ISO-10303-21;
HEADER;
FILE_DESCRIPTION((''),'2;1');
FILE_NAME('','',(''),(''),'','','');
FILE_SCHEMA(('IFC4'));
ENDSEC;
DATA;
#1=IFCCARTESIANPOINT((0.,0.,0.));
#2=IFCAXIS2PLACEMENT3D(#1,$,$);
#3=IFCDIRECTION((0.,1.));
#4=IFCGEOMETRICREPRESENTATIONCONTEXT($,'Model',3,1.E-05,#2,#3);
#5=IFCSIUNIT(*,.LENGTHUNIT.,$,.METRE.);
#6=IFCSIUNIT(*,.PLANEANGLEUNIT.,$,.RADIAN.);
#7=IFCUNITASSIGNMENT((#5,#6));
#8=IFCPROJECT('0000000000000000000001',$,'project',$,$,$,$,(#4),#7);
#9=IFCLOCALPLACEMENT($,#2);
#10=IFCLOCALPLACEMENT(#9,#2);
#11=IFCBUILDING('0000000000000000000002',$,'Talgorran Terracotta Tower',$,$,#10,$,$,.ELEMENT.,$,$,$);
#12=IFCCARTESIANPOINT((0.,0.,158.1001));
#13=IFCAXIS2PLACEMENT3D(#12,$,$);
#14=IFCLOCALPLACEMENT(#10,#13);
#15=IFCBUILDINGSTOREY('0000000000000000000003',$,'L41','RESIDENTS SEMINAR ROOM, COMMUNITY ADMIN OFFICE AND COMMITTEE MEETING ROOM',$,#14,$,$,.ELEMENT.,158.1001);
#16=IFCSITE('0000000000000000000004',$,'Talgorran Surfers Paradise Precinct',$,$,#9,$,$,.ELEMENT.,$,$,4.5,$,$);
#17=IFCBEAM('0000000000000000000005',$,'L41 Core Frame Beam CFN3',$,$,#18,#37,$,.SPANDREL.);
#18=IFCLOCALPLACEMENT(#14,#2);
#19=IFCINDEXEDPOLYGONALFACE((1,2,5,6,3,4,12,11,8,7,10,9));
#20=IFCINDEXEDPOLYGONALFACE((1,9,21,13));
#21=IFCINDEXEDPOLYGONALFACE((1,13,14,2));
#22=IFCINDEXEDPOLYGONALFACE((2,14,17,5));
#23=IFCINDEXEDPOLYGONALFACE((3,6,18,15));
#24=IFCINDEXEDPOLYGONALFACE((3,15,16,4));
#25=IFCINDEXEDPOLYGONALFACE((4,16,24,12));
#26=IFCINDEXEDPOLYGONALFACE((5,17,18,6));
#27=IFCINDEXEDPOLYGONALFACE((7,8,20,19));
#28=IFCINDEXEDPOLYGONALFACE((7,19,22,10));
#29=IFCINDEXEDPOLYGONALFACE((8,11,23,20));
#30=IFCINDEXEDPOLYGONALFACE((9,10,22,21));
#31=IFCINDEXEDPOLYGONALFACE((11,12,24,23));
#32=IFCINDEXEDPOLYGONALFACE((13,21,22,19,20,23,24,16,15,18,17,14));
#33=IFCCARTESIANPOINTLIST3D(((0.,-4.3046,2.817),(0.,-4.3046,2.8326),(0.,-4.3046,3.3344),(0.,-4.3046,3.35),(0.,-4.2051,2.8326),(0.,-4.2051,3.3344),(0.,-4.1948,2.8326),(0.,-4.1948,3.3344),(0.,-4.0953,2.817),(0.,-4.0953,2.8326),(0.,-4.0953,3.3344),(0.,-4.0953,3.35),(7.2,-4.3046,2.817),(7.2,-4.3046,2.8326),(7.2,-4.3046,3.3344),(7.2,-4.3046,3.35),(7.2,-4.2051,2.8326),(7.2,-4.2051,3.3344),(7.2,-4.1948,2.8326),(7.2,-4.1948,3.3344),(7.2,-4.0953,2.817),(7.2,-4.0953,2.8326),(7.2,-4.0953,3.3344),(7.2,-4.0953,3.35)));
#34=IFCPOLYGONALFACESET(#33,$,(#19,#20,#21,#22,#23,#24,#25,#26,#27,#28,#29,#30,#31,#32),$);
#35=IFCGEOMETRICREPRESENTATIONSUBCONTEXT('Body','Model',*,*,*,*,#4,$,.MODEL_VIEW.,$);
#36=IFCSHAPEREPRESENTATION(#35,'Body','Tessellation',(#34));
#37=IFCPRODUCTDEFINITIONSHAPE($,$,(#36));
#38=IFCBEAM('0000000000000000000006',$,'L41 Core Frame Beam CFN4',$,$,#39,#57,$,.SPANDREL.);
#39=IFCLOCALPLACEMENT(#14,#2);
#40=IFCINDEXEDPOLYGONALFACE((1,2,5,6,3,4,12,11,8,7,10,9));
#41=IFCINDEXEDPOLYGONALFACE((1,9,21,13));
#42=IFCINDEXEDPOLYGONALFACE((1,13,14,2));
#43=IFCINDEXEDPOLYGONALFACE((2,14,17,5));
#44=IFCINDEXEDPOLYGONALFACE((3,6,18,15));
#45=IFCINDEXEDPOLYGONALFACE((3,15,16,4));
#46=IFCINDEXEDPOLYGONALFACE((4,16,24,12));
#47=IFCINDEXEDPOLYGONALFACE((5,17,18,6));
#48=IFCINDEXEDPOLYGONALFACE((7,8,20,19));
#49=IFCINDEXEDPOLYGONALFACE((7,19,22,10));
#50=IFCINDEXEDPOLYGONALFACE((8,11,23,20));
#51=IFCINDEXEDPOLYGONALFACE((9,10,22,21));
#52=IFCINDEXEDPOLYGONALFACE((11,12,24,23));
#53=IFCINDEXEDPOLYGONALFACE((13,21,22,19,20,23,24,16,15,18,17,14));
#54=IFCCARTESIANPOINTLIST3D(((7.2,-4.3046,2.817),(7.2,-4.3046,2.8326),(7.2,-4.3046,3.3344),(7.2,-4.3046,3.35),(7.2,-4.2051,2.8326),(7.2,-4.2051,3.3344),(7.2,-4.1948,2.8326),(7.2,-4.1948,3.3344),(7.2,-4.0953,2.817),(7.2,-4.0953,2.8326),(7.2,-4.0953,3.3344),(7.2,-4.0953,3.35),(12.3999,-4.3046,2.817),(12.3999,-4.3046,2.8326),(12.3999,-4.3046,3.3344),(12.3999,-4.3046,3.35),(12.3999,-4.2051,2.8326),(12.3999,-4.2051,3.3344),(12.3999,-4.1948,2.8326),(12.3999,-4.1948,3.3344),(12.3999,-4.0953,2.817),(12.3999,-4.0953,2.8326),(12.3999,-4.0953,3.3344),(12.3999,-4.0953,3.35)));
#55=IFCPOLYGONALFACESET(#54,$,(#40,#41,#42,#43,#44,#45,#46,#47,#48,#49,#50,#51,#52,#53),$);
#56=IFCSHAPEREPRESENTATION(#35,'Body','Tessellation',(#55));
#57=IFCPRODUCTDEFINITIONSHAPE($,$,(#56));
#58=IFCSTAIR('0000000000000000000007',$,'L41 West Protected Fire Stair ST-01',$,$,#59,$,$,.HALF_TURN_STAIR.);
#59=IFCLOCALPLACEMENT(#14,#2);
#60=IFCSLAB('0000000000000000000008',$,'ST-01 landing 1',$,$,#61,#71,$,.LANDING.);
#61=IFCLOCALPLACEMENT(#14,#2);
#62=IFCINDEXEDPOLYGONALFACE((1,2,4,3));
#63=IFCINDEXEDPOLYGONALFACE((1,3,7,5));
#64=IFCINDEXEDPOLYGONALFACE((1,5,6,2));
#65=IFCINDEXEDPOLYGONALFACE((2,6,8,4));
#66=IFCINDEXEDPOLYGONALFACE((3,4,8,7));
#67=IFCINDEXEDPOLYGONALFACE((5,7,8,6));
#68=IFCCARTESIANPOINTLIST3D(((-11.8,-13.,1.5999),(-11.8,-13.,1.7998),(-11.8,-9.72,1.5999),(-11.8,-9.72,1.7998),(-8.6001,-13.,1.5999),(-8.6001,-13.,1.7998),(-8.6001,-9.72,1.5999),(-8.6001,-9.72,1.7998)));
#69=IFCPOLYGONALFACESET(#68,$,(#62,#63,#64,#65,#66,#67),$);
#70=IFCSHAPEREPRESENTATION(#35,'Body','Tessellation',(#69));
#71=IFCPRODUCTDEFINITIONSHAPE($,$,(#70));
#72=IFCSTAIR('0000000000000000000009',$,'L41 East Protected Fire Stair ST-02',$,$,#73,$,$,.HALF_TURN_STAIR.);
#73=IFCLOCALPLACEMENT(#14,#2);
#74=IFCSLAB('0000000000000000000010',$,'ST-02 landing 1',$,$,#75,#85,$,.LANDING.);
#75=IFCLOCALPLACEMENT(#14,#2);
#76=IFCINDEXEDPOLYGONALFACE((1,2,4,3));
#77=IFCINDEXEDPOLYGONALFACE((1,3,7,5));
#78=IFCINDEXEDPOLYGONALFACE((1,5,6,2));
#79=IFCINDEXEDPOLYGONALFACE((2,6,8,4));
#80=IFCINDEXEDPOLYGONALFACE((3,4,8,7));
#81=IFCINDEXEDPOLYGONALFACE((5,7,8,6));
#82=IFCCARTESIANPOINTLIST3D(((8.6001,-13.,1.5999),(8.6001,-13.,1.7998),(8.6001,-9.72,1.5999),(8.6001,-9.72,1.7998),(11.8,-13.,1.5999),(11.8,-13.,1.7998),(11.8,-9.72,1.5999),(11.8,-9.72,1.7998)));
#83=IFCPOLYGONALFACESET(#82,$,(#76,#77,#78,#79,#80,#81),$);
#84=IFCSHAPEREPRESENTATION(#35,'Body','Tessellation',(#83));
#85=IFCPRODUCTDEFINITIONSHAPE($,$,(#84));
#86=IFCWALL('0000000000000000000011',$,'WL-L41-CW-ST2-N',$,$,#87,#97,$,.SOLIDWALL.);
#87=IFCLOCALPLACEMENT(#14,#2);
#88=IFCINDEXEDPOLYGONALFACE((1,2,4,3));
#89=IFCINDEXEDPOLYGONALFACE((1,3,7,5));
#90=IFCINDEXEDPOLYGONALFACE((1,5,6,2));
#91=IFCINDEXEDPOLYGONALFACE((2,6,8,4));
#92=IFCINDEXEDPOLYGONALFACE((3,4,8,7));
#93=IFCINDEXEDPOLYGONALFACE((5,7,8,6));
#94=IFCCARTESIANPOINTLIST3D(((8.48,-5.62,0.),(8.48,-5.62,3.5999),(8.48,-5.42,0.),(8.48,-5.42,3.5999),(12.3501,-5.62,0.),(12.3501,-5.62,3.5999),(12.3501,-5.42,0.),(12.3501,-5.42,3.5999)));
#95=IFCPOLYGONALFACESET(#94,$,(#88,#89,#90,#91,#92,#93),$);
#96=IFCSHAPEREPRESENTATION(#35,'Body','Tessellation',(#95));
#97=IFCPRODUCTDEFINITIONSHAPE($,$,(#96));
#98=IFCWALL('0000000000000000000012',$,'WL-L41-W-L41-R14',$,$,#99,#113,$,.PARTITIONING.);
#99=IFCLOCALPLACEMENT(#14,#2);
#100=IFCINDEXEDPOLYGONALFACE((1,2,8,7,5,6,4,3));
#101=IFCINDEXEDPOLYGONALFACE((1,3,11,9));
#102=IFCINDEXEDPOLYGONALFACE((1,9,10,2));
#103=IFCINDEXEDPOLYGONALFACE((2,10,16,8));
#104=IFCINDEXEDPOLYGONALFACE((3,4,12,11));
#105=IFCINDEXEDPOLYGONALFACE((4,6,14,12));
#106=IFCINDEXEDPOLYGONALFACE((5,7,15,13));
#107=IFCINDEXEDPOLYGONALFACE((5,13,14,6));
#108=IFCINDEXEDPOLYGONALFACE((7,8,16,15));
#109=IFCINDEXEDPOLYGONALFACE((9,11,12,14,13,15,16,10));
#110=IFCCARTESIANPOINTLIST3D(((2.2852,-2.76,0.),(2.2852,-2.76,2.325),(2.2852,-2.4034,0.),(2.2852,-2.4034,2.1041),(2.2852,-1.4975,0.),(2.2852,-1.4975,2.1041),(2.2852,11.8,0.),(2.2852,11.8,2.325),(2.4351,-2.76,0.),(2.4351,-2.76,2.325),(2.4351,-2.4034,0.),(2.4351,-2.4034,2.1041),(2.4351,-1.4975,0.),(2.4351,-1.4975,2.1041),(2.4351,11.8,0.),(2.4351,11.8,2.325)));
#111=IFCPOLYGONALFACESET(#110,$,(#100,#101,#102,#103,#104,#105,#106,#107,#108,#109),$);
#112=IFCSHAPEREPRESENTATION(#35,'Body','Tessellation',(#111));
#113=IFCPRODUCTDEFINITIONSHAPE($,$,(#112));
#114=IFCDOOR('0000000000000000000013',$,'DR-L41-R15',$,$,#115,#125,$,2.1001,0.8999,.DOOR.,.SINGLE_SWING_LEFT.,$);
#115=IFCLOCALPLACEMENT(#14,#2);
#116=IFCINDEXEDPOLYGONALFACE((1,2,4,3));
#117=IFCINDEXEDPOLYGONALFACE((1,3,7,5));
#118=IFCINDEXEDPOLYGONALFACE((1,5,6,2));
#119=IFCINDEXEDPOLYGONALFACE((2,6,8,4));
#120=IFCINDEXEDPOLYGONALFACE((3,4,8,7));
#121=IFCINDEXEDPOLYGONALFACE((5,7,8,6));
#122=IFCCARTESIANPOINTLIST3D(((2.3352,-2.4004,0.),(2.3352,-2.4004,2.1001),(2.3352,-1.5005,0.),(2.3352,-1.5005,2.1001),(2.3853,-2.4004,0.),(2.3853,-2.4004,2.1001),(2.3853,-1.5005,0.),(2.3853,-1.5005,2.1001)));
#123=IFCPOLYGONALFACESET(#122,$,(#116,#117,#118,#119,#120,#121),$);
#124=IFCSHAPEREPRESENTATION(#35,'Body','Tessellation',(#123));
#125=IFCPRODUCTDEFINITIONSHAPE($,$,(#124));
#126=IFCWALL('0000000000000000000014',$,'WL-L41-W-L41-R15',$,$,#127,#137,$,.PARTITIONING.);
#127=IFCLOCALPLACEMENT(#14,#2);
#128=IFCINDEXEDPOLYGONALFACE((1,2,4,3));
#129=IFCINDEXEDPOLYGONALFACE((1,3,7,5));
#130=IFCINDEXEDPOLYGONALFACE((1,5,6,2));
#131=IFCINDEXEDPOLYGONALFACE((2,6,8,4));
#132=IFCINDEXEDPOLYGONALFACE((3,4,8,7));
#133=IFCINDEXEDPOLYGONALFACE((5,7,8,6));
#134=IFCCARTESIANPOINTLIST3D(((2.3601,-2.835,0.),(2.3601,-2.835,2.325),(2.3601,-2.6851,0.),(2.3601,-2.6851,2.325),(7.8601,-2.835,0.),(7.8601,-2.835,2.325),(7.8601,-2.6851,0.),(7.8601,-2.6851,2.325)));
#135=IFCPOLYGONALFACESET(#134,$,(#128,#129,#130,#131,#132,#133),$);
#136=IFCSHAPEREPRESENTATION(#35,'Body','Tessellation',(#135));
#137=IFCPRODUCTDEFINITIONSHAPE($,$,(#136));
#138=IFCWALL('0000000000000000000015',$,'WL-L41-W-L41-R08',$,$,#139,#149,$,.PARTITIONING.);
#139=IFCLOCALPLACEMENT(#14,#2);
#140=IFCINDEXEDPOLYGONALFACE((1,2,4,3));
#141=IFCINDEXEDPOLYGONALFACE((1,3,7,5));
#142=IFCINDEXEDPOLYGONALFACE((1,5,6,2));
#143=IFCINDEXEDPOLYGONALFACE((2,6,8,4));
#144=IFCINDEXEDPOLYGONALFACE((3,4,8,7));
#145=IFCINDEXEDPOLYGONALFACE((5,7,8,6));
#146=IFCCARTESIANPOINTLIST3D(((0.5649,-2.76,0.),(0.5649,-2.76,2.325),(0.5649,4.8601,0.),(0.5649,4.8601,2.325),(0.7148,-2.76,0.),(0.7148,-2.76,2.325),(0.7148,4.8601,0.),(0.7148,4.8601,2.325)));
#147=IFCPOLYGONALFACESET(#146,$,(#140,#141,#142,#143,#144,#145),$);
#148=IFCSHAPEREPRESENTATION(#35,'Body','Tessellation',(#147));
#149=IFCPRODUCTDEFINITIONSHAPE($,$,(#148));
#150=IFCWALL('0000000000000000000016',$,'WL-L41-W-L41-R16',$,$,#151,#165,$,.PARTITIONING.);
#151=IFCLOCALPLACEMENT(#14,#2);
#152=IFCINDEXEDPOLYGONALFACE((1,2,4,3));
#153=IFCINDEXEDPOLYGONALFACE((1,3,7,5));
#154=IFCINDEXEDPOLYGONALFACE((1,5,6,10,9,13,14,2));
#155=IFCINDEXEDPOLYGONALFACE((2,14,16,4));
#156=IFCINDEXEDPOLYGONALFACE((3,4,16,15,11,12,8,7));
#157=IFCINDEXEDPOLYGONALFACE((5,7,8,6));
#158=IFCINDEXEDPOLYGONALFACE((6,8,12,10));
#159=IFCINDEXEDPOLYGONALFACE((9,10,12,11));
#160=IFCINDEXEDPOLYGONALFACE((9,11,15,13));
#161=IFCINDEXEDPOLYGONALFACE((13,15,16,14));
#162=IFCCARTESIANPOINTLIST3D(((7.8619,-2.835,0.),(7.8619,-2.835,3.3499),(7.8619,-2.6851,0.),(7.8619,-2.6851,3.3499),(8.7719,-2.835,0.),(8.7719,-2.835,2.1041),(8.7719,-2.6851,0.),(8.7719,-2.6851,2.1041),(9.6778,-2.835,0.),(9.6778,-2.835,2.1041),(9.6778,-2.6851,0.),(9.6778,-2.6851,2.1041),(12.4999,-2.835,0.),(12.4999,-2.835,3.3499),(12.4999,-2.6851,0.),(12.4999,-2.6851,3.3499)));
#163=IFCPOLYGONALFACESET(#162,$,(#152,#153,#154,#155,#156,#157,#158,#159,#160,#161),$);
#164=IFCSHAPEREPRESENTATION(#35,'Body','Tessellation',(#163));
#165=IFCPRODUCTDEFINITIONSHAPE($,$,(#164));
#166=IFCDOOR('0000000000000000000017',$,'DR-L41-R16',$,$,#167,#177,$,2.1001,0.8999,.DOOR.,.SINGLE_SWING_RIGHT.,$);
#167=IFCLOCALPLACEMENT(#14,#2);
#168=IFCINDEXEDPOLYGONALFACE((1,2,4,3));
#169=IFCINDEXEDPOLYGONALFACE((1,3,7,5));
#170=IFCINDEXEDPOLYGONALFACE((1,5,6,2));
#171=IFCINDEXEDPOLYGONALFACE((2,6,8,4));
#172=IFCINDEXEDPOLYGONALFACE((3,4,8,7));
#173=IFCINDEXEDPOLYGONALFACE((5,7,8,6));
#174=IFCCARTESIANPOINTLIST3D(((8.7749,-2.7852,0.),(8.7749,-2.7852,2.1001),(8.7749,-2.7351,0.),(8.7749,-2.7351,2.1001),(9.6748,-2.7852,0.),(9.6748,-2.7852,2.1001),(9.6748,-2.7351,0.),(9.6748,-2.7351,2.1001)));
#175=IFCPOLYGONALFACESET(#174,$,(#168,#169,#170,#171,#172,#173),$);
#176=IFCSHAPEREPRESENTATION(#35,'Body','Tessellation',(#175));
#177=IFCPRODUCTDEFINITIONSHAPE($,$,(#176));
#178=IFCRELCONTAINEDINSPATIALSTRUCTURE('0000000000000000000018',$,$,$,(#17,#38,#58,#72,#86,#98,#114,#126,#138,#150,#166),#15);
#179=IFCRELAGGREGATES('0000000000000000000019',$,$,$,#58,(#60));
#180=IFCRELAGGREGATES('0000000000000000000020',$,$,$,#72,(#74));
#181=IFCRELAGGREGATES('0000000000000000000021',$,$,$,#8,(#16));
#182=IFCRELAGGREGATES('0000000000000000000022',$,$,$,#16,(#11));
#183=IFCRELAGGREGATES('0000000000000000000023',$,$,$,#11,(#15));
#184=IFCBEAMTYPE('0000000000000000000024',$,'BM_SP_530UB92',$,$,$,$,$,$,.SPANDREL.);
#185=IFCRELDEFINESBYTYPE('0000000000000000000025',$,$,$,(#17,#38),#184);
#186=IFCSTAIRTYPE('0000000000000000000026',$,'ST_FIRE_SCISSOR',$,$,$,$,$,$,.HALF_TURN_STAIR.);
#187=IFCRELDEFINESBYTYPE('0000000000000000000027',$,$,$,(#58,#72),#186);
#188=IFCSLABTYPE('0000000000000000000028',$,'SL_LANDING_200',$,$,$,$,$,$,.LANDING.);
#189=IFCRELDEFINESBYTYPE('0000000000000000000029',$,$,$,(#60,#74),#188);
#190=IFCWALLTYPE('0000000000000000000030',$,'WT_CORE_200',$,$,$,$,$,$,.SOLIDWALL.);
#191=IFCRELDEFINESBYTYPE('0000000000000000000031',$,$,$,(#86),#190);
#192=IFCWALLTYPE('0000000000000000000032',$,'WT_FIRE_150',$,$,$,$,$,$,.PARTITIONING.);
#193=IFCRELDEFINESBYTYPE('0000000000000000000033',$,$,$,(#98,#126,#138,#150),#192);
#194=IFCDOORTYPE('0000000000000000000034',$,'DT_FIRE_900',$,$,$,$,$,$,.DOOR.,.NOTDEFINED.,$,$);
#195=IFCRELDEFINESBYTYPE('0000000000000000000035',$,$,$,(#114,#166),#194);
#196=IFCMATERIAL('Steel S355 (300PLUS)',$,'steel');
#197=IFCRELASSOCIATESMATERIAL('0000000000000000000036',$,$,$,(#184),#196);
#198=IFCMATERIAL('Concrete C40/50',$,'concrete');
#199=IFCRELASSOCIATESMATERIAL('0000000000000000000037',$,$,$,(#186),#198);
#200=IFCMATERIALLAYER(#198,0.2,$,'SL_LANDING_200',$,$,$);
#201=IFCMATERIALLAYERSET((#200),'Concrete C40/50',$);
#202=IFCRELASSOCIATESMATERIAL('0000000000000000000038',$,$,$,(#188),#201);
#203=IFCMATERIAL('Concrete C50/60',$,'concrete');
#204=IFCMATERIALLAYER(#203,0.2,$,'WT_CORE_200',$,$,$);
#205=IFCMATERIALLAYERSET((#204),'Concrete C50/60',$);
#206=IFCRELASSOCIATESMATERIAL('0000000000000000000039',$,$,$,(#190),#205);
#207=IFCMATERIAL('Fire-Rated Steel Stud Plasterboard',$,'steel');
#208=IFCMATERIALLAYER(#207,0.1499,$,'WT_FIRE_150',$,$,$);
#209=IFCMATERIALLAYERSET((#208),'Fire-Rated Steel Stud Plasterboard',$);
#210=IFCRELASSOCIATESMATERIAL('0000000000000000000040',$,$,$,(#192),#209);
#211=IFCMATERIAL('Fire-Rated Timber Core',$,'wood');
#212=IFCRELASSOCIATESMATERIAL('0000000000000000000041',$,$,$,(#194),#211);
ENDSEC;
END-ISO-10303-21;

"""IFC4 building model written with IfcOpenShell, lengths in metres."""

from ifc_helpers import new_model, si_unit, direction, frame, frame_2d, origin, origin_2d, place, context, subcontext, project, spatial, polyline, rectangle, i_section, outline, extrude, material, layer, layer_set, material_profile, profile_set, type_object, element, fill, aggregate, save


model = new_model("IFC4")

# Units and contexts
model_context = context("Model", 3, precision=1e-05, world=origin(), true_north=direction((0.0, 1.0)))
body_context = subcontext(model_context, "Body", "Model", "MODEL_VIEW")
ifc_project = project(units=[si_unit("LENGTHUNIT", "METRE"), si_unit("PLANEANGLEUNIT", "RADIAN")], contexts=[model_context])

# Site, building, storey
site_placement = place(None, origin())
site = spatial("IfcSite", under=ifc_project, at=site_placement, Name="Talgorran Surfers Paradise Precinct", CompositionType="ELEMENT", RefElevation=4.5)
building_placement = place(site_placement, origin())
building = spatial("IfcBuilding", under=site, at=building_placement, Name="Talgorran Terracotta Tower", CompositionType="ELEMENT")
storey_placement = place(building_placement, frame((0.0, 0.0, 158.1001)))
storey = spatial("IfcBuildingStorey", under=building, at=storey_placement, Name="L41", Description="RESIDENTS SEMINAR ROOM, COMMUNITY ADMIN OFFICE AND COMMITTEE MEETING ROOM", CompositionType="ELEMENT", Elevation=158.1001)

# Shared definitions
ifc_material_1 = material(Name="Steel S355 (300PLUS)", Category="steel")

# Beams
ifc_material_profile_1 = material_profile(ifc_material_1, i_section(OverallWidth=0.2092, OverallDepth=0.533, WebThickness=0.0103, FlangeThickness=0.0156, at=origin_2d()), Name="530UB92.4")
ifc_profile_set_1 = profile_set([ifc_material_profile_1], Name="Steel S355 (300PLUS)")
beam_type_1 = type_object("IfcBeamType", Name="BM_SP_530UB92", PredefinedType="SPANDREL", material=ifc_profile_set_1)
beam_1_placement = place(storey_placement, frame((0.0, -4.2, 3.0835), z_axis=(1.0, 0.0, 0.0), x_axis=(0.0, 1.0, 0.0)))
element("IfcBeam", 1, at=beam_1_placement, inside=storey, type_object=beam_type_1, Name="L41 Core Frame Beam CFN3", PredefinedType="SPANDREL", context=body_context, shape_type="SweptSolid", body=[
    extrude(i_section(OverallWidth=0.2092, OverallDepth=0.533, WebThickness=0.0103, FlangeThickness=0.0156, at=origin_2d()), origin(), (0.0, 0.0, 1.0), 7.2),
])
beam_2_placement = place(storey_placement, frame((7.2, -4.2, 3.0835), z_axis=(1.0, 0.0, 0.0), x_axis=(0.0, 1.0, 0.0)))
element("IfcBeam", 2, at=beam_2_placement, inside=storey, type_object=beam_type_1, Name="L41 Core Frame Beam CFN4", PredefinedType="SPANDREL", context=body_context, shape_type="SweptSolid", body=[
    extrude(i_section(OverallWidth=0.2092, OverallDepth=0.533, WebThickness=0.0103, FlangeThickness=0.0156, at=origin_2d()), origin(), (0.0, 0.0, 1.0), 5.2),
])

# Stairs, slabs
ifc_material_2 = material(Name="Concrete C40/50", Category="concrete")
stair_type = type_object("IfcStairType", Name="ST_FIRE_SCISSOR", PredefinedType="HALF_TURN_STAIR", material=ifc_material_2)
stair_1_placement = place(storey_placement, origin())
stair_1 = element("IfcStair", 3, at=stair_1_placement, inside=storey, type_object=stair_type, Name="L41 West Protected Fire Stair ST-01", PredefinedType="HALF_TURN_STAIR")
ifc_layer_1 = layer(ifc_material_2, 0.2, Name="SL_LANDING_200")
ifc_layer_set_1 = layer_set([ifc_layer_1], Name="Concrete C40/50")
slab_type = type_object("IfcSlabType", Name="SL_LANDING_200", PredefinedType="LANDING", material=ifc_layer_set_1)
slab_1_placement = place(storey_placement, frame((0.0, 0.0, 1.5999)))
slab_1 = element("IfcSlab", 4, at=slab_1_placement, type_object=slab_type, Name="ST-01 landing 1", PredefinedType="LANDING", context=body_context, shape_type="SweptSolid", body=[
    extrude(outline(polyline([(-11.8, -9.72), (-11.8, -13.0), (-8.6001, -13.0), (-8.6001, -9.72), (-11.8, -9.72)])), origin(), (0.0, 0.0, 1.0), 0.2),
])
aggregate(stair_1, [slab_1])
stair_2_placement = place(storey_placement, origin())
stair_2 = element("IfcStair", 5, at=stair_2_placement, inside=storey, type_object=stair_type, Name="L41 East Protected Fire Stair ST-02", PredefinedType="HALF_TURN_STAIR")
slab_2_placement = place(storey_placement, frame((0.0, 0.0, 1.5999)))
slab_2 = element("IfcSlab", 6, at=slab_2_placement, type_object=slab_type, Name="ST-02 landing 1", PredefinedType="LANDING", context=body_context, shape_type="SweptSolid", body=[
    extrude(outline(polyline([(8.6001, -9.72), (8.6001, -13.0), (11.8, -13.0), (11.8, -9.72), (8.6001, -9.72)])), origin(), (0.0, 0.0, 1.0), 0.2),
])
aggregate(stair_2, [slab_2])

# Wall
ifc_material_3 = material(Name="Concrete C50/60", Category="concrete")
ifc_layer_2 = layer(ifc_material_3, 0.2, Name="WT_CORE_200")
ifc_layer_set_2 = layer_set([ifc_layer_2], Name="Concrete C50/60")
wall_type_1 = type_object("IfcWallType", Name="WT_CORE_200", PredefinedType="SOLIDWALL", material=ifc_layer_set_2)
wall_1_placement = place(storey_placement, frame((8.48, -5.52, 0.0), z_axis=(0.0, 0.0, 1.0), x_axis=(1.0, 0.0, 0.0)))
element("IfcWall", 7, at=wall_1_placement, inside=storey, type_object=wall_type_1, Name="WL-L41-CW-ST2-N", PredefinedType="SOLIDWALL", context=body_context, shape_type="SweptSolid", body=[
    extrude(rectangle(XDim=3.8701, YDim=0.2, at=frame_2d((1.9351, 0.0))), origin(), (0.0, 0.0, 1.0), 3.5999),
])

# Wall, opening, door
ifc_material_4 = material(Name="Fire-Rated Steel Stud Plasterboard", Category="steel")
ifc_layer_3 = layer(ifc_material_4, 0.1499, Name="WT_FIRE_150")
ifc_layer_set_3 = layer_set([ifc_layer_3], Name="Fire-Rated Steel Stud Plasterboard")
wall_type_2 = type_object("IfcWallType", Name="WT_FIRE_150", PredefinedType="PARTITIONING", material=ifc_layer_set_3)
wall_2_placement = place(storey_placement, frame((2.3601, -2.76, 0.0), z_axis=(0.0, 0.0, 1.0), x_axis=(0.0, 1.0, 0.0)))
wall_2 = element("IfcWall", 8, at=wall_2_placement, inside=storey, type_object=wall_type_2, Name="WL-L41-W-L41-R14", PredefinedType="PARTITIONING", context=body_context, shape_type="SweptSolid", body=[
    extrude(rectangle(XDim=14.5601, YDim=0.1499, at=frame_2d((7.28, 0.0))), origin(), (0.0, 0.0, 1.0), 2.325),
])
opening_1_placement = place(wall_2_placement, frame((0.3596, 0.0, 0.0)))
opening_1 = element("IfcOpeningElement", 9, at=opening_1_placement, cuts=wall_2, PredefinedType="OPENING", context=body_context, shape_type="SweptSolid", body=[
    extrude(rectangle(XDim=0.9059, YDim=2.1041, at=frame_2d((0.45, 1.052))), frame((0.0, 0.085, 0.0), z_axis=(0.0, -1.0, 0.0), x_axis=(1.0, 0.0, 0.0)), (0.0, 0.0, 1.0), 0.1699),
])
ifc_material_5 = material(Name="Fire-Rated Timber Core", Category="wood")
door_type = type_object("IfcDoorType", Name="DT_FIRE_900", OperationType="NOTDEFINED", PredefinedType="DOOR", material=ifc_material_5)
door_1_placement = place(opening_1_placement, origin())
door_1 = element("IfcDoor", 10, at=door_1_placement, inside=storey, type_object=door_type, Name="DR-L41-R15", OperationType="SINGLE_SWING_LEFT", OverallHeight=2.1001, OverallWidth=0.8999, PredefinedType="DOOR", context=body_context, shape_type="SweptSolid", body=[
    extrude(rectangle(XDim=0.8999, YDim=2.1001, at=frame_2d((0.45, 1.05))), frame((0.0, 0.0249, 0.0), z_axis=(0.0, -1.0, 0.0), x_axis=(1.0, 0.0, 0.0)), (0.0, 0.0, 1.0), 0.05),
])
fill(opening_1, door_1)

# Walls
wall_3_placement = place(storey_placement, frame((2.3601, -2.76, 0.0), z_axis=(0.0, 0.0, 1.0), x_axis=(1.0, 0.0, 0.0)))
element("IfcWall", 11, at=wall_3_placement, inside=storey, type_object=wall_type_2, Name="WL-L41-W-L41-R15", PredefinedType="PARTITIONING", context=body_context, shape_type="SweptSolid", body=[
    extrude(rectangle(XDim=5.5, YDim=0.1499, at=frame_2d((2.75, 0.0))), origin(), (0.0, 0.0, 1.0), 2.325),
])
wall_4_placement = place(storey_placement, frame((0.6399, -2.76, 0.0), z_axis=(0.0, 0.0, 1.0), x_axis=(0.0, 1.0, 0.0)))
element("IfcWall", 12, at=wall_4_placement, inside=storey, type_object=wall_type_2, Name="WL-L41-W-L41-R08", PredefinedType="PARTITIONING", context=body_context, shape_type="SweptSolid", body=[
    extrude(rectangle(XDim=7.6201, YDim=0.1499, at=frame_2d((3.8101, 0.0))), origin(), (0.0, 0.0, 1.0), 2.325),
])

# Wall, opening, door
wall_5_placement = place(storey_placement, frame((7.8621, -2.76, 0.0), z_axis=(0.0, 0.0, 1.0), x_axis=(1.0, 0.0, 0.0)))
wall_5 = element("IfcWall", 13, at=wall_5_placement, inside=storey, type_object=wall_type_2, Name="WL-L41-W-L41-R16", PredefinedType="PARTITIONING", context=body_context, shape_type="SweptSolid", body=[
    extrude(rectangle(XDim=4.6379, YDim=0.1499, at=frame_2d((2.3188, 0.0))), origin(), (0.0, 0.0, 1.0), 3.3499),
])
opening_2_placement = place(wall_5_placement, frame((0.9128, 0.0, 0.0)))
opening_2 = element("IfcOpeningElement", 14, at=opening_2_placement, cuts=wall_5, PredefinedType="OPENING", context=body_context, shape_type="SweptSolid", body=[
    extrude(rectangle(XDim=0.9059, YDim=2.1041, at=frame_2d((0.45, 1.052))), frame((0.0, 0.085, 0.0), z_axis=(0.0, -1.0, 0.0), x_axis=(1.0, 0.0, 0.0)), (0.0, 0.0, 1.0), 0.1699),
])
door_2_placement = place(opening_2_placement, origin())
door_2 = element("IfcDoor", 15, at=door_2_placement, inside=storey, type_object=door_type, Name="DR-L41-R16", OperationType="SINGLE_SWING_RIGHT", OverallHeight=2.1001, OverallWidth=0.8999, PredefinedType="DOOR", context=body_context, shape_type="SweptSolid", body=[
    extrude(rectangle(XDim=0.8999, YDim=2.1001, at=frame_2d((0.45, 1.05))), frame((0.0, 0.0249, 0.0), z_axis=(0.0, -1.0, 0.0), x_axis=(1.0, 0.0, 0.0)), (0.0, 0.0, 1.0), 0.05),
])
fill(opening_2, door_2)

save(model, "model.ifc")
